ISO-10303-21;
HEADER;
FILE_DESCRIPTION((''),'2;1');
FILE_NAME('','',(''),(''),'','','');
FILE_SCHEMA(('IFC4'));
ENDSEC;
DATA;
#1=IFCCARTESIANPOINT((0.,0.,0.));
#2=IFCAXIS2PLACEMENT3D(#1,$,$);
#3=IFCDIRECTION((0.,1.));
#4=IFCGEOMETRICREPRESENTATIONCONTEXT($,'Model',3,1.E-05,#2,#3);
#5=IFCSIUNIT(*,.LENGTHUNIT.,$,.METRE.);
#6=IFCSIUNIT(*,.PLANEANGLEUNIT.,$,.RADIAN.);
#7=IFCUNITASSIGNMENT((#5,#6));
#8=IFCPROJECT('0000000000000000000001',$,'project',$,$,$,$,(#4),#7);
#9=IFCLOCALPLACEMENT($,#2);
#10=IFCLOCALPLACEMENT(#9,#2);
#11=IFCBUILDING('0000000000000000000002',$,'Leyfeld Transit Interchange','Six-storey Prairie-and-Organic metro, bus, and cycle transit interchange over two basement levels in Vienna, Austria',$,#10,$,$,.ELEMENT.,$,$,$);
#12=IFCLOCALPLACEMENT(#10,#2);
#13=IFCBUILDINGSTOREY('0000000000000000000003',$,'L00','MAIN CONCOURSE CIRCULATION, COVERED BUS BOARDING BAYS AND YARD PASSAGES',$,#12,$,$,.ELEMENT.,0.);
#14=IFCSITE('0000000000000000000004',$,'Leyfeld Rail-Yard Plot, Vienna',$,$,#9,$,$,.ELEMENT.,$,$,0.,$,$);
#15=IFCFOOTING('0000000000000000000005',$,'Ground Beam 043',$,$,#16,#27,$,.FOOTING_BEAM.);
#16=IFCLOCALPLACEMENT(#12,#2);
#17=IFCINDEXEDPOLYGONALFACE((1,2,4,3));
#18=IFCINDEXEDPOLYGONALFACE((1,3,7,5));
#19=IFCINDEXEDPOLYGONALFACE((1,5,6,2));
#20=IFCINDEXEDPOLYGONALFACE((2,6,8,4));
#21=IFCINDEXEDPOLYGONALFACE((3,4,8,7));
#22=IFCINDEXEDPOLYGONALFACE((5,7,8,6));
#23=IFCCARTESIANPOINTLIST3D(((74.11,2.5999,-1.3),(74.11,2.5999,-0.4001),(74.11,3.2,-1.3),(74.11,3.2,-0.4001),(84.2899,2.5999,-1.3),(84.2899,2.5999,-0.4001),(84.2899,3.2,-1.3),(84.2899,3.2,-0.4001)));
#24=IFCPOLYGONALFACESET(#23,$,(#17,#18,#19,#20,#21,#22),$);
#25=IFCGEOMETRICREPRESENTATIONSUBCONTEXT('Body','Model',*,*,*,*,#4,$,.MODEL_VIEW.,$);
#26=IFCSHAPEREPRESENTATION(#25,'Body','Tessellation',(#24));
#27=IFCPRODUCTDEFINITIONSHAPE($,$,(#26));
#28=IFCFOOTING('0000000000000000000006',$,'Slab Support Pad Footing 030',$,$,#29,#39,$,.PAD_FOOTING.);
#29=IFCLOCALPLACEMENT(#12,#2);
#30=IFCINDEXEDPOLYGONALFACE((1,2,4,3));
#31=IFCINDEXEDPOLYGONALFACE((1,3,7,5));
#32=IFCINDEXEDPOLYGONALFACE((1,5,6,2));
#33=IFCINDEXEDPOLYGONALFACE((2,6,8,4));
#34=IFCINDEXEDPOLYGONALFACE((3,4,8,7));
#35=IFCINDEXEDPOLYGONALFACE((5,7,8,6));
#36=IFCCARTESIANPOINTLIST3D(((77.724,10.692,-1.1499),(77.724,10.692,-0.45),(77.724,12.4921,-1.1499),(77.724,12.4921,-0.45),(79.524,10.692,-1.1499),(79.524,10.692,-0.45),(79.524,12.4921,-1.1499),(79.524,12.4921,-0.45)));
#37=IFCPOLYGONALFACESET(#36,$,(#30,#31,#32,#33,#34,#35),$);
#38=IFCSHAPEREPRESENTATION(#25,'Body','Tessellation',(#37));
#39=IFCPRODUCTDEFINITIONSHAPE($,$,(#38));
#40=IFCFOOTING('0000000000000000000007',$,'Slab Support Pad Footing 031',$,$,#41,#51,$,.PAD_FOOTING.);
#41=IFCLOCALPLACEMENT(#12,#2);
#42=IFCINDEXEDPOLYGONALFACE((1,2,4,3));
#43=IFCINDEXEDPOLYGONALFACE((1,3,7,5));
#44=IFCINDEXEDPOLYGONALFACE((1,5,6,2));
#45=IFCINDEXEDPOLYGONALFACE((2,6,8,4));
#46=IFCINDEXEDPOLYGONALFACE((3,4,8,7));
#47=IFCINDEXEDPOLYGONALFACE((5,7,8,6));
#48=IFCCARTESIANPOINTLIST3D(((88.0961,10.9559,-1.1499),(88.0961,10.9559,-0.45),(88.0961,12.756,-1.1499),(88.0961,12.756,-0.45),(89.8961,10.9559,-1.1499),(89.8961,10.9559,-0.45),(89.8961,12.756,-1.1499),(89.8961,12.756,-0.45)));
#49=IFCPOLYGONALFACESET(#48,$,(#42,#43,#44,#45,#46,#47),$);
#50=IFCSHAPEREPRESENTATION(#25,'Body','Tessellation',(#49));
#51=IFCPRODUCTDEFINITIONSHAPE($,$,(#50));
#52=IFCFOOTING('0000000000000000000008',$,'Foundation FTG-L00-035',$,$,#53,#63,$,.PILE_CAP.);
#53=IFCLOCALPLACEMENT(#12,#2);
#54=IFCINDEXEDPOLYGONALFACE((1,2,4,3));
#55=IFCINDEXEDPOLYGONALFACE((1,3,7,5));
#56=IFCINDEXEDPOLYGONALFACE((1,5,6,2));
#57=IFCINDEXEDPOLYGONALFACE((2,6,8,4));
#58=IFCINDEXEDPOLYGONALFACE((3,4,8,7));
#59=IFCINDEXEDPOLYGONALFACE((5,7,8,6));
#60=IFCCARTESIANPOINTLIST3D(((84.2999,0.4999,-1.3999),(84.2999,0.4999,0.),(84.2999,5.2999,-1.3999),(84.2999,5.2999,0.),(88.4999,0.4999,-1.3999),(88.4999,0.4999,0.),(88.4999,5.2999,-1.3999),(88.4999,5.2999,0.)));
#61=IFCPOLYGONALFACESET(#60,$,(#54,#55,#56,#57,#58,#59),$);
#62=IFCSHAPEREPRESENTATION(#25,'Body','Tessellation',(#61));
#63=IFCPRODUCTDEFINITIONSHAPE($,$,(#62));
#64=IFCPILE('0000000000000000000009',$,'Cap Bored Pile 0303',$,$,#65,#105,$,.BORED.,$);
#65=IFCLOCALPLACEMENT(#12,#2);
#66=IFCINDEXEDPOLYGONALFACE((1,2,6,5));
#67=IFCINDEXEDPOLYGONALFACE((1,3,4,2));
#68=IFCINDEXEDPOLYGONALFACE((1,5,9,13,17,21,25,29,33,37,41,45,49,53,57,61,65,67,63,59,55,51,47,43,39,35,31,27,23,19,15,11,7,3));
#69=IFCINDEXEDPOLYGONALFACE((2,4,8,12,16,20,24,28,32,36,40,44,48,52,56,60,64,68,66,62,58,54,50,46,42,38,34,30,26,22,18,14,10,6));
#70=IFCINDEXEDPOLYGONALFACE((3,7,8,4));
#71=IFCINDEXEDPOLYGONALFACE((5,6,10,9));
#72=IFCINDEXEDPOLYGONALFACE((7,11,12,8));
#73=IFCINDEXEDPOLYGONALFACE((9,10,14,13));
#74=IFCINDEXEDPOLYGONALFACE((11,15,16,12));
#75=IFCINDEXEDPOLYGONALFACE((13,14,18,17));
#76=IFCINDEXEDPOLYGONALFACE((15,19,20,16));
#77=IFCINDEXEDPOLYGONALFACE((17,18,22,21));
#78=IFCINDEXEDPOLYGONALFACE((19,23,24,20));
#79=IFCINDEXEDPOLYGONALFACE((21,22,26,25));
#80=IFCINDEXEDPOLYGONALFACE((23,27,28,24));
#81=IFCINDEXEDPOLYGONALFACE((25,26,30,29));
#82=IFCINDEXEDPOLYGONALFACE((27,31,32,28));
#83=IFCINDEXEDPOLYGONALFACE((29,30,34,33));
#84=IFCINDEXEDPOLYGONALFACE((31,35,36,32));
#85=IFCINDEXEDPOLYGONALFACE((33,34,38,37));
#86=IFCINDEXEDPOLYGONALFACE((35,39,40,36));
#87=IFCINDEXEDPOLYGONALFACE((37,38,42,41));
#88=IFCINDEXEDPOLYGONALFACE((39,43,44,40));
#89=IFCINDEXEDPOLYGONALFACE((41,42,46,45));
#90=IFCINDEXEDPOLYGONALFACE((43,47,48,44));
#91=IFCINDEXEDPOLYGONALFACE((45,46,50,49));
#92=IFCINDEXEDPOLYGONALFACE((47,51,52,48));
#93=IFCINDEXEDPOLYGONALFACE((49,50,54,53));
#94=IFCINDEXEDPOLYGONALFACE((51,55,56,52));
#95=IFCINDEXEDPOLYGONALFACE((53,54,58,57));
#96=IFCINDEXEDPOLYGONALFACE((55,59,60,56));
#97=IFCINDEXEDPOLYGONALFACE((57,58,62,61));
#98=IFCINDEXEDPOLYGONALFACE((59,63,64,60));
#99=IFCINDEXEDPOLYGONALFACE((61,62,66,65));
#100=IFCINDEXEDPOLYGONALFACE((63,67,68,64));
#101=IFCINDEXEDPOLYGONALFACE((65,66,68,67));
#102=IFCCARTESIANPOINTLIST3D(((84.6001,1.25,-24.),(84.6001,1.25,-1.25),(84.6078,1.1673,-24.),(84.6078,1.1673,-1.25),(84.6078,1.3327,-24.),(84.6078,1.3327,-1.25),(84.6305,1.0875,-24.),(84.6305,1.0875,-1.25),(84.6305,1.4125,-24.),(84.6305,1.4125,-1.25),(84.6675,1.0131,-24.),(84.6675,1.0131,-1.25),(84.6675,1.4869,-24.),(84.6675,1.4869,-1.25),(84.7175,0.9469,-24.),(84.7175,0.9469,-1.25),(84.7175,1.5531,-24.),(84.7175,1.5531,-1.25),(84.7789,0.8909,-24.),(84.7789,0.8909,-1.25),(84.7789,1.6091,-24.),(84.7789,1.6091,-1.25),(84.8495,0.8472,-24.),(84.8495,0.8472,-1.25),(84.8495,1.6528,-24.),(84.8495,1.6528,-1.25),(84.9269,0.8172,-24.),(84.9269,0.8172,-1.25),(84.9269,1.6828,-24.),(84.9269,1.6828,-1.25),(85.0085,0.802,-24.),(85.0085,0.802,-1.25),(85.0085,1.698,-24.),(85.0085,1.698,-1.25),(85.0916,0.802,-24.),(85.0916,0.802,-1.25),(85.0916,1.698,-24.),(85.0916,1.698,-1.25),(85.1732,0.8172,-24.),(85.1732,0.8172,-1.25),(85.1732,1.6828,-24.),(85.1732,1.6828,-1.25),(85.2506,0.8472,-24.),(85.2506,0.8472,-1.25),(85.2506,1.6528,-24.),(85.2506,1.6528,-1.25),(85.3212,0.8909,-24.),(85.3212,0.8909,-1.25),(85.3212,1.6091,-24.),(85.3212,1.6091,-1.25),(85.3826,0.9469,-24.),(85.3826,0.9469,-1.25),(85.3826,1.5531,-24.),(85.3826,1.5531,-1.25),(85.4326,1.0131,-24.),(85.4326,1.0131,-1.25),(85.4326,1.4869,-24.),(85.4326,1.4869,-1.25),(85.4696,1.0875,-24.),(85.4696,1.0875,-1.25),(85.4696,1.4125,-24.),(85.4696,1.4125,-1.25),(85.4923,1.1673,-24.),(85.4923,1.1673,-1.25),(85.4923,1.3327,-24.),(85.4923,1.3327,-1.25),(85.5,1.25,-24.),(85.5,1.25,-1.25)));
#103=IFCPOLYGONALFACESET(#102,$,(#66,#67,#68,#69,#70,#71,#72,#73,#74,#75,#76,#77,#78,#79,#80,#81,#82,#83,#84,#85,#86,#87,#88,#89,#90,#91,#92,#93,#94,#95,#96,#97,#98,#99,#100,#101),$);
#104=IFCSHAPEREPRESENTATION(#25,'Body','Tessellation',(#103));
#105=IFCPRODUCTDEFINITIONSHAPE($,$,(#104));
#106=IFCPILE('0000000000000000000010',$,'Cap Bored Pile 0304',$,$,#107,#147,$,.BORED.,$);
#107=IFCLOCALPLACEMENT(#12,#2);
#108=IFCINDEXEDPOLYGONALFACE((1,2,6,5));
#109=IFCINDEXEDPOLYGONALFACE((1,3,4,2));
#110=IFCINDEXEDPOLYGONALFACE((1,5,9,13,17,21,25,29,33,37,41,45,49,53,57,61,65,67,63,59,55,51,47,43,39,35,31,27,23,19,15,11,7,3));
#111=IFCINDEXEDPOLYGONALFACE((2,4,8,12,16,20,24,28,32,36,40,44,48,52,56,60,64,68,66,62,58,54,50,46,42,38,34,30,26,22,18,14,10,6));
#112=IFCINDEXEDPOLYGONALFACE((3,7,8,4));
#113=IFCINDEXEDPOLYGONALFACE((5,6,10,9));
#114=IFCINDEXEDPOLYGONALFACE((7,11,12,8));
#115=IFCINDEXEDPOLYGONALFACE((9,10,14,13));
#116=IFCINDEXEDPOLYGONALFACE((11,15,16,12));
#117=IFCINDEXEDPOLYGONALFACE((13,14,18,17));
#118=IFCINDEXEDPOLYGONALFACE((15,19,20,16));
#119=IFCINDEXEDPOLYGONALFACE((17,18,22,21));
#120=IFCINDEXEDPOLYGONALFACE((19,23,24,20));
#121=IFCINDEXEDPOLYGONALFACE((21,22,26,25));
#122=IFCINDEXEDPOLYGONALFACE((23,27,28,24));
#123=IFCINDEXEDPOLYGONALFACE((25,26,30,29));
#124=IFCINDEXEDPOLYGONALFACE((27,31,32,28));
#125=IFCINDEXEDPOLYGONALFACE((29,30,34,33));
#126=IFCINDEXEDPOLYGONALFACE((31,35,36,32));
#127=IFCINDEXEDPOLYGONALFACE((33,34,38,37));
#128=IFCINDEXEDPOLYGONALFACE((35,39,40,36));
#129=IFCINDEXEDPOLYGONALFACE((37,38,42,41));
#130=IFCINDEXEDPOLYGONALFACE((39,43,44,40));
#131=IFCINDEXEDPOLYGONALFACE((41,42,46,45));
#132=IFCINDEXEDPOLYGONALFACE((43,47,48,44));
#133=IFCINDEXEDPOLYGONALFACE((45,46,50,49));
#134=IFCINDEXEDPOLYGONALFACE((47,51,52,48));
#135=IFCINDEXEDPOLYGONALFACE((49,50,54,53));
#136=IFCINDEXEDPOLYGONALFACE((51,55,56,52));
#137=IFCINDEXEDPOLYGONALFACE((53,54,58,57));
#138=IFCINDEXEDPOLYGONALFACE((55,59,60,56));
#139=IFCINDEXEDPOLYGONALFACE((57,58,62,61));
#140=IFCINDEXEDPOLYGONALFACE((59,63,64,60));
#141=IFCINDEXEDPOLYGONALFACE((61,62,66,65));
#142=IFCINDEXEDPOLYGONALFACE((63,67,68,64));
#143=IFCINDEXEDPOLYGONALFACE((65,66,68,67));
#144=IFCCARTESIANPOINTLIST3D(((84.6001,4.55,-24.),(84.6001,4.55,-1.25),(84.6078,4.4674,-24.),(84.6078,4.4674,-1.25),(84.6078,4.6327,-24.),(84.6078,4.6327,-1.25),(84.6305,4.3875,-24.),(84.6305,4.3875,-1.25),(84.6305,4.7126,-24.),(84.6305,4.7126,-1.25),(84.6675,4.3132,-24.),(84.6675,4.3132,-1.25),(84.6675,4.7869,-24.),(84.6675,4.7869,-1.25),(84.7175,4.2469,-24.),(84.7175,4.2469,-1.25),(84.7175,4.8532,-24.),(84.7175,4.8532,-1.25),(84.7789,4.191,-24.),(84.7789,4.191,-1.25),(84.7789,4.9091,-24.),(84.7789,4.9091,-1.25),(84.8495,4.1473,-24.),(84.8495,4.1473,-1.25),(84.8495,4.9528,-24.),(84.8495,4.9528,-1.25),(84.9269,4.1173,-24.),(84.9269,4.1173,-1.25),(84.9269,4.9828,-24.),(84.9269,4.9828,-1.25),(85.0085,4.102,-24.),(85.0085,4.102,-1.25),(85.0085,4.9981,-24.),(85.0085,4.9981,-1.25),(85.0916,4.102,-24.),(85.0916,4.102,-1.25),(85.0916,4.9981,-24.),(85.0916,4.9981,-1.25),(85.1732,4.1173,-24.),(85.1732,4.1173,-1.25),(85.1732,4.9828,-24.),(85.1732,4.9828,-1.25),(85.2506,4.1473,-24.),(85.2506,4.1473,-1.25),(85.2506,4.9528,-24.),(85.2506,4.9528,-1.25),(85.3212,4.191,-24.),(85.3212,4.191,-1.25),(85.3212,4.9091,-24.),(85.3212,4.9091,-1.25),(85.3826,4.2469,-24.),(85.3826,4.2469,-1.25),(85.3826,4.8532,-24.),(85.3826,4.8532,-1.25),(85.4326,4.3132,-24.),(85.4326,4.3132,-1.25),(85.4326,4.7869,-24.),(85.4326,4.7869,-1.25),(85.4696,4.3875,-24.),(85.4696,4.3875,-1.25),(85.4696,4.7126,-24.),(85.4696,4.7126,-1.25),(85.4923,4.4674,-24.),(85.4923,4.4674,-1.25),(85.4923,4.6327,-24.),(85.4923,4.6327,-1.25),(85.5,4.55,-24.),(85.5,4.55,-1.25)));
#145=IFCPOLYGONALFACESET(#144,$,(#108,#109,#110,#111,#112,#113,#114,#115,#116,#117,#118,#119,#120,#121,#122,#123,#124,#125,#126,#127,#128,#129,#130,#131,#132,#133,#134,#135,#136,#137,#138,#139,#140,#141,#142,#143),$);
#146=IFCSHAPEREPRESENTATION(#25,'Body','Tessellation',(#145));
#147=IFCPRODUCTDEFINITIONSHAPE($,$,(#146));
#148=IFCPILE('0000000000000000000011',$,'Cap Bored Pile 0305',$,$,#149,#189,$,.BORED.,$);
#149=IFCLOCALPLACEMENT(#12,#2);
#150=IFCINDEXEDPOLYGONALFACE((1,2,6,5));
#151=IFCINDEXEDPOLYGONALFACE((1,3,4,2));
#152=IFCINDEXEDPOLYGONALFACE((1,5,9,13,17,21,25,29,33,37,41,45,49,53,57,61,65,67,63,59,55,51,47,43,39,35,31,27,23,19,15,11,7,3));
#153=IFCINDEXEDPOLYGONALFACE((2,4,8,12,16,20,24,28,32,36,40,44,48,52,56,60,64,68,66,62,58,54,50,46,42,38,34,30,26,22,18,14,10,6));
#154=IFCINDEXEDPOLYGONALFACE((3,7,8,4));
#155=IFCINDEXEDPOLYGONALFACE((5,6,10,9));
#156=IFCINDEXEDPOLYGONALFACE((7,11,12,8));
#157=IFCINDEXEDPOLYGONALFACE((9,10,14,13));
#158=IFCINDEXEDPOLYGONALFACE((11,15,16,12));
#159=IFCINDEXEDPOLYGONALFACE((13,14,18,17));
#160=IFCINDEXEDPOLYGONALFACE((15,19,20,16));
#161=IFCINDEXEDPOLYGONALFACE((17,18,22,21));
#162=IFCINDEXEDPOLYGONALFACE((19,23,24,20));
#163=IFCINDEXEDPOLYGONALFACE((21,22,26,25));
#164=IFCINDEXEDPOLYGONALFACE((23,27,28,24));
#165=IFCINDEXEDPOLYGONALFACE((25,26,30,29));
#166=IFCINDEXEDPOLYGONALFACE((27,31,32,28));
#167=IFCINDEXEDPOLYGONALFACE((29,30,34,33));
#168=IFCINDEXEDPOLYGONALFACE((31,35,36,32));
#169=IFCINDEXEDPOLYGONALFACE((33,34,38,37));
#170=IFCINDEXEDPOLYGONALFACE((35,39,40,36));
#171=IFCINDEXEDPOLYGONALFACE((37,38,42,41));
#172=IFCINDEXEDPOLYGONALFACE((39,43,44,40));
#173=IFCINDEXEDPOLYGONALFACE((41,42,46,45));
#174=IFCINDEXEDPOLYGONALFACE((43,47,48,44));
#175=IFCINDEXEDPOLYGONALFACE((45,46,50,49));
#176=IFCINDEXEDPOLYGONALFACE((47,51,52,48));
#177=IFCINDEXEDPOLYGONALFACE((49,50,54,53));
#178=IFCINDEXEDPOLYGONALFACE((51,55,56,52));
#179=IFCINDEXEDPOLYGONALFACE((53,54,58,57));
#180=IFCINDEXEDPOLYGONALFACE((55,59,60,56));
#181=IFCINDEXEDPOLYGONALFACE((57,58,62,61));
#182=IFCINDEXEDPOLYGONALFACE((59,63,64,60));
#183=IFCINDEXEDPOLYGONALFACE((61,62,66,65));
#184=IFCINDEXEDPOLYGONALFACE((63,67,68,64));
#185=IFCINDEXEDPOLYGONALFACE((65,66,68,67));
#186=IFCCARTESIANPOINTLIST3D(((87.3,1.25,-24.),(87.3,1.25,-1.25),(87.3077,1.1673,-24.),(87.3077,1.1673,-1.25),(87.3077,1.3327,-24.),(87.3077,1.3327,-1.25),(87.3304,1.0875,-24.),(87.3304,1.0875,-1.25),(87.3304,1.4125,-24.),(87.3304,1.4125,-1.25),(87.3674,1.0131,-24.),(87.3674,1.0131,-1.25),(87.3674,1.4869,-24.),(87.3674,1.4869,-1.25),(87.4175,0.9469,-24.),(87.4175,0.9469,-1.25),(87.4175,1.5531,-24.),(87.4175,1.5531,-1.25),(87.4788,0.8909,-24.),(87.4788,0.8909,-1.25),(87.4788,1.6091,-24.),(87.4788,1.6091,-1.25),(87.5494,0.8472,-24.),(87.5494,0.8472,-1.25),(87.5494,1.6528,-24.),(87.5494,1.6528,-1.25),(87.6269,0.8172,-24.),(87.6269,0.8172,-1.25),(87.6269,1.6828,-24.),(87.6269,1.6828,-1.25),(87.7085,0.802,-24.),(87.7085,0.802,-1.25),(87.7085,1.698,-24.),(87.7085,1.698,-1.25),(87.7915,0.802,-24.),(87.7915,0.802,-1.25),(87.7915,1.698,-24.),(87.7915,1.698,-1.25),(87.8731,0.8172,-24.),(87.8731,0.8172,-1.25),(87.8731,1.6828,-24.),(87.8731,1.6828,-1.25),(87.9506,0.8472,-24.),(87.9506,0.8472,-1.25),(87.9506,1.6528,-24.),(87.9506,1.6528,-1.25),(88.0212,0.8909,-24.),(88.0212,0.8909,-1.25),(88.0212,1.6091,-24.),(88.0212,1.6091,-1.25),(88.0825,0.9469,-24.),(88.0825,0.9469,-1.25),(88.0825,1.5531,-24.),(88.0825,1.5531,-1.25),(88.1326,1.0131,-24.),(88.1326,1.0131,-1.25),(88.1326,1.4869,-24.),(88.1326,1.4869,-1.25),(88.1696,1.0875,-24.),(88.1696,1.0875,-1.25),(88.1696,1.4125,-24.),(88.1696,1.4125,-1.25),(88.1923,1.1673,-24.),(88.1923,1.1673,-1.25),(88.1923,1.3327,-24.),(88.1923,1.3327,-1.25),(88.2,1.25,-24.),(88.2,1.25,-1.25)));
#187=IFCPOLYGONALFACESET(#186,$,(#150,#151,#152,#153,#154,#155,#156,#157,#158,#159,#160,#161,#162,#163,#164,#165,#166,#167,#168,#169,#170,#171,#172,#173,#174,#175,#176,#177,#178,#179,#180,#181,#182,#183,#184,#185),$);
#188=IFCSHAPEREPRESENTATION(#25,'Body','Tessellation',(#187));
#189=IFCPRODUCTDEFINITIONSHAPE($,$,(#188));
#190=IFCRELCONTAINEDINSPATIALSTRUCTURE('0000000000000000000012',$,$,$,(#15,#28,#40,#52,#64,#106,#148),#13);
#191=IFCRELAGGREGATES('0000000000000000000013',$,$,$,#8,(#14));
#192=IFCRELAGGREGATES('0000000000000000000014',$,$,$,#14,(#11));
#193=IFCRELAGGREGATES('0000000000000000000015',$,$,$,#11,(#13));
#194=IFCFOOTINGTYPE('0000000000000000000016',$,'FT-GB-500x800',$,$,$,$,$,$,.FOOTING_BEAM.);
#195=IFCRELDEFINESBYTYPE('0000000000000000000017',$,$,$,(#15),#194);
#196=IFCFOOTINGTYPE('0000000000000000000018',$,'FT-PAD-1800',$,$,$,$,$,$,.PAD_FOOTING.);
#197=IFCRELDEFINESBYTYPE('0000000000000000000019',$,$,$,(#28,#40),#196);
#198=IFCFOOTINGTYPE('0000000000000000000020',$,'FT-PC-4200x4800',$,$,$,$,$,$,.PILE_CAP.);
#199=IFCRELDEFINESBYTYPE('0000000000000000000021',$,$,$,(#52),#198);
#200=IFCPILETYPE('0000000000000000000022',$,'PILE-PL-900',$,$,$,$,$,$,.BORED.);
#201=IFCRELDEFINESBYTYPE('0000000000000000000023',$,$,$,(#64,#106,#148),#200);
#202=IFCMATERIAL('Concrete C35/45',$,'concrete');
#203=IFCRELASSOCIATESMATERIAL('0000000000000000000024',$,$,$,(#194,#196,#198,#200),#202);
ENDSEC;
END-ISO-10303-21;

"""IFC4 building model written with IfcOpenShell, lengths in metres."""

from ifc_helpers import new_model, si_unit, direction, frame, origin, origin_2d, place, context, subcontext, project, spatial, rectangle, circle, extrude, material, material_profile, profile_set, type_object, element, save


model = new_model("IFC4")

# Units and contexts
model_context = context("Model", 3, precision=1e-05, world=origin(), true_north=direction((0.0, 1.0)))
body_context = subcontext(model_context, "Body", "Model", "MODEL_VIEW")
ifc_project = project(units=[si_unit("LENGTHUNIT", "METRE"), si_unit("PLANEANGLEUNIT", "RADIAN")], contexts=[model_context])

# Site, building, storey
site_placement = place(None, origin())
site = spatial("IfcSite", under=ifc_project, at=site_placement, Name="Leyfeld Rail-Yard Plot, Vienna", CompositionType="ELEMENT", RefElevation=0.0)
building_placement = place(site_placement, origin())
building = spatial("IfcBuilding", under=site, at=building_placement, Name="Leyfeld Transit Interchange", Description="Six-storey Prairie-and-Organic metro, bus, and cycle transit interchange over two basement levels in Vienna, Austria", CompositionType="ELEMENT")
storey_placement = place(building_placement, origin())
storey = spatial("IfcBuildingStorey", under=building, at=storey_placement, Name="L00", Description="MAIN CONCOURSE CIRCULATION, COVERED BUS BOARDING BAYS AND YARD PASSAGES", CompositionType="ELEMENT", Elevation=0.0)

# Footings
ifc_material_1 = material(Name="Concrete C35/45", Category="concrete")
footing_type_1 = type_object("IfcFootingType", Name="FT-GB-500x800", PredefinedType="FOOTING_BEAM", material=ifc_material_1)
footing_1_placement = place(storey_placement, frame((79.2, 2.8999, -1.3), z_axis=(0.0, 0.0, 1.0), x_axis=(1.0, 0.0, 0.0)))
element("IfcFooting", 1, at=footing_1_placement, inside=storey, type_object=footing_type_1, Name="Ground Beam 043", PredefinedType="FOOTING_BEAM", context=body_context, shape_type="SweptSolid", body=[
    extrude(rectangle(XDim=10.1799, YDim=0.6001, at=origin_2d()), origin(), (0.0, 0.0, 1.0), 0.8999),
])
footing_type_2 = type_object("IfcFootingType", Name="FT-PAD-1800", PredefinedType="PAD_FOOTING", material=ifc_material_1)
for number, where, z_axis, x_axis, name in (
    (2, (78.624, 11.592, -1.1499), (0.0, 0.0, 1.0), (1.0, 0.0, 0.0), "Slab Support Pad Footing 030"),
    (3, (88.9961, 11.856, -1.1499), (0.0, 0.0, 1.0), (1.0, 0.0, 0.0), "Slab Support Pad Footing 031"),
):
    element("IfcFooting", number, at=place(storey_placement, frame(where, z_axis=z_axis, x_axis=x_axis)), inside=storey, type_object=footing_type_2, Name=name, PredefinedType="PAD_FOOTING", context=body_context, shape_type="SweptSolid", body=[
        extrude(rectangle(XDim=1.8, YDim=1.8, at=origin_2d()), origin(), (0.0, 0.0, 1.0), 0.7),
    ])
footing_type_3 = type_object("IfcFootingType", Name="FT-PC-4200x4800", PredefinedType="PILE_CAP", material=ifc_material_1)
footing_2_placement = place(storey_placement, frame((86.3999, 2.8999, -1.3999), z_axis=(0.0, 0.0, 1.0), x_axis=(1.0, 0.0, 0.0)))
element("IfcFooting", 4, at=footing_2_placement, inside=storey, type_object=footing_type_3, Name="Foundation FTG-L00-035", PredefinedType="PILE_CAP", context=body_context, shape_type="SweptSolid", body=[
    extrude(rectangle(XDim=4.2, YDim=4.8, at=origin_2d()), origin(), (0.0, 0.0, 1.0), 1.3999),
])

# Piles
ifc_material_profile_1 = material_profile(ifc_material_1, circle(Radius=0.45, at=origin_2d()), Name="PILE D900")
ifc_profile_set_1 = profile_set([ifc_material_profile_1], Name="Concrete C35/45")
pile_type = type_object("IfcPileType", Name="PILE-PL-900", PredefinedType="BORED", material=ifc_profile_set_1)
for number, where, z_axis, x_axis, name in (
    (5, (85.05, 1.25, -1.25), (0.0, 0.0, -1.0), (1.0, 0.0, 0.0), "Cap Bored Pile 0303"),
    (6, (85.05, 4.55, -1.25), (0.0, 0.0, -1.0), (1.0, 0.0, 0.0), "Cap Bored Pile 0304"),
    (7, (87.75, 1.25, -1.25), (0.0, 0.0, -1.0), (1.0, 0.0, 0.0), "Cap Bored Pile 0305"),
):
    element("IfcPile", number, at=place(storey_placement, frame(where, z_axis=z_axis, x_axis=x_axis)), inside=storey, type_object=pile_type, Name=name, PredefinedType="BORED", context=body_context, shape_type="SweptSolid", body=[
        extrude(circle(Radius=0.45, at=origin_2d()), origin(), (0.0, 0.0, 1.0), 22.75),
    ])

save(model, "model.ifc")
